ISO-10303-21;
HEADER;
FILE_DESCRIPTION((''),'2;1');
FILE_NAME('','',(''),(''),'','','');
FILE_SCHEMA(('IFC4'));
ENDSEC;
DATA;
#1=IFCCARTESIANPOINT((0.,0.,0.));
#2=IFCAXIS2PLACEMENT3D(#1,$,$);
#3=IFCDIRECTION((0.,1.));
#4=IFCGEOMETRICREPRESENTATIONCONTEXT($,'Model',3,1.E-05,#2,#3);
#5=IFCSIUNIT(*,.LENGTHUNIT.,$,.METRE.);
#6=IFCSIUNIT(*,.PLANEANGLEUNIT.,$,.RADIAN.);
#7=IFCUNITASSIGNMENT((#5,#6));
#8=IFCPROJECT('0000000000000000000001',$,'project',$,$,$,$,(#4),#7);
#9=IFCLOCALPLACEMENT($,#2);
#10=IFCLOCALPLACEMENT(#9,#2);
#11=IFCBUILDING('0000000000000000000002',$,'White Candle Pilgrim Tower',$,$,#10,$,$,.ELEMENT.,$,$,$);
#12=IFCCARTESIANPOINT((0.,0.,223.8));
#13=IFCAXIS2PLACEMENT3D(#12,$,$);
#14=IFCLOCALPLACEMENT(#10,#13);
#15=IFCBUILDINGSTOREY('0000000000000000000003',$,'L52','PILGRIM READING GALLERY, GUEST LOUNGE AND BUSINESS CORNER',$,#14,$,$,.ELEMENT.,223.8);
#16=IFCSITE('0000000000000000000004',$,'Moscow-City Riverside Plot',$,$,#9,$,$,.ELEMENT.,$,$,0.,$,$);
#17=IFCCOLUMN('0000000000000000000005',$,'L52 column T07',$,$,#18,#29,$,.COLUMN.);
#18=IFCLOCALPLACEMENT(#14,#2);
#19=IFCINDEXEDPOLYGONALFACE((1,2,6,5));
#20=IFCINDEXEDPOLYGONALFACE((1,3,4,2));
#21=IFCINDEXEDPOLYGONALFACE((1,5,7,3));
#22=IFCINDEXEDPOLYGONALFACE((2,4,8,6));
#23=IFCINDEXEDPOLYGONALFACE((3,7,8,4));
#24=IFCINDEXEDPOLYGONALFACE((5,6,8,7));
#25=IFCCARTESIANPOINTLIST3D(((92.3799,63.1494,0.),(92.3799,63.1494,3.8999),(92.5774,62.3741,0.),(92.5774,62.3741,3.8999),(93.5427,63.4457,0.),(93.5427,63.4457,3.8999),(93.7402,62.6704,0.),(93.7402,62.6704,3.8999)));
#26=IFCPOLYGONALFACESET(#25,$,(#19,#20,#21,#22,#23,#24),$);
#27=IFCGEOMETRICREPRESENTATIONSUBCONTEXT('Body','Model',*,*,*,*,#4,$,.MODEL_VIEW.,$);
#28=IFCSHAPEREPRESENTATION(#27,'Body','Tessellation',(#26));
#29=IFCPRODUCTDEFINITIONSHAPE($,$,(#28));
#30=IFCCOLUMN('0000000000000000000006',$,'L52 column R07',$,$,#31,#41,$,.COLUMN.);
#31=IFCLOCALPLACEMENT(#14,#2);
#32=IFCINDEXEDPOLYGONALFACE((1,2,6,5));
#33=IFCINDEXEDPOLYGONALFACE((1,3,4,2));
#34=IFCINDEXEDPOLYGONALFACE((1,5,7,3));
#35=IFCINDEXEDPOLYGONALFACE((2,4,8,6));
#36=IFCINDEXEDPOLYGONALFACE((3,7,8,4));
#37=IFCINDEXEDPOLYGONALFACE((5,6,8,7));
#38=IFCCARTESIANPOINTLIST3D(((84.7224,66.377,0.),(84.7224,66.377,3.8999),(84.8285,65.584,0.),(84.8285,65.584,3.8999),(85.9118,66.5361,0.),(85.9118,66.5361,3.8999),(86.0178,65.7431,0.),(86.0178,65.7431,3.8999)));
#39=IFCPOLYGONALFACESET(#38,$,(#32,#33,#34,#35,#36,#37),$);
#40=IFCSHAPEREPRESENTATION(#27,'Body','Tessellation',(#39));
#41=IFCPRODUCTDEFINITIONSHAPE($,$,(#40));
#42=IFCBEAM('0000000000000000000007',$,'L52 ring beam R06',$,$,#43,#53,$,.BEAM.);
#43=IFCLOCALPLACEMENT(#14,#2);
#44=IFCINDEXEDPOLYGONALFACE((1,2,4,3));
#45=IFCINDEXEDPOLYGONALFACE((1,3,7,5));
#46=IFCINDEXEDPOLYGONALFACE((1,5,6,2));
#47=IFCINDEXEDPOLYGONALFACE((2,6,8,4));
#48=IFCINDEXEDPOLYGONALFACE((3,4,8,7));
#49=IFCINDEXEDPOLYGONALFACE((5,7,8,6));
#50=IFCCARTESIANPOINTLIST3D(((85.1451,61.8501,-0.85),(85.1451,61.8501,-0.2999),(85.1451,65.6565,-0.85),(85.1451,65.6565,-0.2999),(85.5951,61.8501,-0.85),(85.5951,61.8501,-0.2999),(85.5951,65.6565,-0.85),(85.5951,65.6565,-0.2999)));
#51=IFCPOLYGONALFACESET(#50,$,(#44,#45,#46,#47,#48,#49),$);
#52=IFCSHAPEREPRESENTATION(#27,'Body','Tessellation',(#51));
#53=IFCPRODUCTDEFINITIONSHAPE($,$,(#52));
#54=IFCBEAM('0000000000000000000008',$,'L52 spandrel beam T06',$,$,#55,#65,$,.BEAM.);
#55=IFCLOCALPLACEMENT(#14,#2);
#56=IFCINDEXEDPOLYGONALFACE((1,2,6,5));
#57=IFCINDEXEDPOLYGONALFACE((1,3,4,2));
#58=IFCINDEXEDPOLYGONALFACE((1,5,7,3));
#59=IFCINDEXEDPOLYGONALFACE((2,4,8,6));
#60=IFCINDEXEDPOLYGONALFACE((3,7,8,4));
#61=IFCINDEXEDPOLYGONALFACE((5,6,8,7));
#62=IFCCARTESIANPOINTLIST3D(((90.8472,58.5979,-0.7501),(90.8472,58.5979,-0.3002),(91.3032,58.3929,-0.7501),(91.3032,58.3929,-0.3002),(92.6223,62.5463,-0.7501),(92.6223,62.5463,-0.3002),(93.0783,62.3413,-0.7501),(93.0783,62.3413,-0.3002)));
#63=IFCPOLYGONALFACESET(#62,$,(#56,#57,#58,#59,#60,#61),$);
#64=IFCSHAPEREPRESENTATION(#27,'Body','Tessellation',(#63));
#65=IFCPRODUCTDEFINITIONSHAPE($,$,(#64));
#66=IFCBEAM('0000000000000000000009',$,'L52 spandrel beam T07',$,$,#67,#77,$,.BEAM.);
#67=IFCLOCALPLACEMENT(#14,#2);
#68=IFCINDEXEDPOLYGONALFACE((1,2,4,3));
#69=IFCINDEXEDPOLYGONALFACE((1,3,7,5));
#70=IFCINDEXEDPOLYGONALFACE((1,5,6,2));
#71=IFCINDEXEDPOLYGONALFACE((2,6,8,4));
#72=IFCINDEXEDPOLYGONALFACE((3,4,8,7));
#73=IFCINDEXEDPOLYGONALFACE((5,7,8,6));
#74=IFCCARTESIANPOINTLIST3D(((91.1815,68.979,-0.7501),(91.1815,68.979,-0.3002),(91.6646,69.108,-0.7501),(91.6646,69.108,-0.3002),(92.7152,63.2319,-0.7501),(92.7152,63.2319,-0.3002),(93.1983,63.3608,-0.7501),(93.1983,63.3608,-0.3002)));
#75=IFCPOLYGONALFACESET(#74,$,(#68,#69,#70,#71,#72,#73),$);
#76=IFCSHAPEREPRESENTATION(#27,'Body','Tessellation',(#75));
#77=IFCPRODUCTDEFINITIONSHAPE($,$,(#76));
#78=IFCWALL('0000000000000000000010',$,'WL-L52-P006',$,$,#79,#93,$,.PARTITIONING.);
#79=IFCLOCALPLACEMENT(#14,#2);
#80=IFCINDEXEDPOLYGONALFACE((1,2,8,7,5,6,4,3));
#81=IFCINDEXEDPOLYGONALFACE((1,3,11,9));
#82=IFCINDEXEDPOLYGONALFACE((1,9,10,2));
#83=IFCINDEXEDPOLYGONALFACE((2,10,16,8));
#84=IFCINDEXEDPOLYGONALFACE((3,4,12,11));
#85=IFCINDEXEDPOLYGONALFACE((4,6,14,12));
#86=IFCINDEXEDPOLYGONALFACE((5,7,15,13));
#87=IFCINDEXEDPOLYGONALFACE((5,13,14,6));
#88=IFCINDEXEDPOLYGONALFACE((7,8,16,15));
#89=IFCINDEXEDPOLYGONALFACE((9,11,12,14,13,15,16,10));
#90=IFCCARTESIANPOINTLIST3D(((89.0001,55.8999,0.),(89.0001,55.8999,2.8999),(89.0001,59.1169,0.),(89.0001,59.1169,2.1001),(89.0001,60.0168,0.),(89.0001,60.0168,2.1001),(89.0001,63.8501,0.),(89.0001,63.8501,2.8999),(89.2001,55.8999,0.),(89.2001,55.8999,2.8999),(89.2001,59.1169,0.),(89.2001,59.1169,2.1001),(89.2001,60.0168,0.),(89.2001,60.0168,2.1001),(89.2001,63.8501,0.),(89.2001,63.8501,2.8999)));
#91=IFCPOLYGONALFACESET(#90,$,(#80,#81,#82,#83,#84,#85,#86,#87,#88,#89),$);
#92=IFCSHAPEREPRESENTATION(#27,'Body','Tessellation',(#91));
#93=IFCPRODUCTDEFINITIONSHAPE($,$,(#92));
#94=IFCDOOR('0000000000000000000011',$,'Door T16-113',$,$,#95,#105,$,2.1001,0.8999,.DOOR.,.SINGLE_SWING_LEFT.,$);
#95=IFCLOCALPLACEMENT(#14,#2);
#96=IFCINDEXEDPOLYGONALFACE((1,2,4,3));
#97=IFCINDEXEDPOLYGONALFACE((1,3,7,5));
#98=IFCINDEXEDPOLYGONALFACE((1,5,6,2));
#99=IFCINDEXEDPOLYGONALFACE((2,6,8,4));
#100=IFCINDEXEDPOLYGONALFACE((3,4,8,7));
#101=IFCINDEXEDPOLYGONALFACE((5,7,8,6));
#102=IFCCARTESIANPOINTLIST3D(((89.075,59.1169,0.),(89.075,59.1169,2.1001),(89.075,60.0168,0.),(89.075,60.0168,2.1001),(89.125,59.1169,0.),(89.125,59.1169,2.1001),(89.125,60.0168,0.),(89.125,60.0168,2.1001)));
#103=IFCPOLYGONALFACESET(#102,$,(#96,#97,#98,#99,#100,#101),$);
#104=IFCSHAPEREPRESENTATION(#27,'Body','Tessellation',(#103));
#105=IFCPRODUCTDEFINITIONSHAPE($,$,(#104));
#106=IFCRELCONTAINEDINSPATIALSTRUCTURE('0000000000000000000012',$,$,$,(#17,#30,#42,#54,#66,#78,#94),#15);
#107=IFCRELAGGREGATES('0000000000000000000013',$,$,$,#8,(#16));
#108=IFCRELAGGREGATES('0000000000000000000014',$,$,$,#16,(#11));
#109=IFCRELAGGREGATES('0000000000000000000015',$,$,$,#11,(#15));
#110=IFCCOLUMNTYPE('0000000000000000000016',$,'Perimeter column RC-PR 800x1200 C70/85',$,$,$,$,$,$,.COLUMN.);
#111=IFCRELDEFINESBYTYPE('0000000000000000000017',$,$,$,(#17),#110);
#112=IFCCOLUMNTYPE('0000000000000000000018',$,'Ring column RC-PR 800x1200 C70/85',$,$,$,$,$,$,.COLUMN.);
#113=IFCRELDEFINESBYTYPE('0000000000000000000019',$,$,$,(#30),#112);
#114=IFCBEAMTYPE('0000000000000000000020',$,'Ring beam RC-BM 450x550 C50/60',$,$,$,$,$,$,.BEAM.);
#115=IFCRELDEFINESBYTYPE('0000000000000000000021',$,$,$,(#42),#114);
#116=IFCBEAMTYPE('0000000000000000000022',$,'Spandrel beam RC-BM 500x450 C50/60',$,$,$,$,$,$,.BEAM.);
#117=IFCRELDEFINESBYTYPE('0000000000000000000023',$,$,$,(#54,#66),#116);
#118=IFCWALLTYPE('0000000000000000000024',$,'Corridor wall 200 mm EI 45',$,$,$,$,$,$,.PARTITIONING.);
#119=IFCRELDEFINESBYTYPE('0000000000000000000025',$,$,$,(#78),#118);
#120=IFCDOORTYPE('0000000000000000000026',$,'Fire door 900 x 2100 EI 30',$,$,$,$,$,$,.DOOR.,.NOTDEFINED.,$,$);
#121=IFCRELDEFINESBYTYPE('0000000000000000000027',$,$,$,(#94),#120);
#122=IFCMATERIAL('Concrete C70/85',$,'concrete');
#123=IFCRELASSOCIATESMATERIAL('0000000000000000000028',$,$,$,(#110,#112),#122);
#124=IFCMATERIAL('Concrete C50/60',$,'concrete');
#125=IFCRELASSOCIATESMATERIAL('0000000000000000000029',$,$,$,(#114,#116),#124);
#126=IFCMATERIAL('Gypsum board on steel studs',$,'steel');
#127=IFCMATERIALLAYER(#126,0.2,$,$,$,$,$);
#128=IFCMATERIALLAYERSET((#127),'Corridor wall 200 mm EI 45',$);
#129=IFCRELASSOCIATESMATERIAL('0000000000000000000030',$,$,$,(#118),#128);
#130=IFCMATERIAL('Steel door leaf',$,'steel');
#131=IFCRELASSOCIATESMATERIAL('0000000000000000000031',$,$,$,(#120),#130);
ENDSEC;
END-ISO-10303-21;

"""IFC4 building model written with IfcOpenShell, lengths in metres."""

from ifc_helpers import new_model, si_unit, direction, frame, frame_2d, origin, origin_2d, place, context, subcontext, project, spatial, rectangle, extrude, material, layer, layer_set, material_profile, profile_set, type_object, element, fill, save


model = new_model("IFC4")

# Units and contexts
model_context = context("Model", 3, precision=1e-05, world=origin(), true_north=direction((0.0, 1.0)))
body_context = subcontext(model_context, "Body", "Model", "MODEL_VIEW")
ifc_project = project(units=[si_unit("LENGTHUNIT", "METRE"), si_unit("PLANEANGLEUNIT", "RADIAN")], contexts=[model_context])

# Site, building, storey
site_placement = place(None, origin())
site = spatial("IfcSite", under=ifc_project, at=site_placement, Name="Moscow-City Riverside Plot", CompositionType="ELEMENT", RefElevation=0.0)
building_placement = place(site_placement, origin())
building = spatial("IfcBuilding", under=site, at=building_placement, Name="White Candle Pilgrim Tower", CompositionType="ELEMENT")
storey_placement = place(building_placement, frame((0.0, 0.0, 223.8)))
storey = spatial("IfcBuildingStorey", under=building, at=storey_placement, Name="L52", Description="PILGRIM READING GALLERY, GUEST LOUNGE AND BUSINESS CORNER", CompositionType="ELEMENT", Elevation=223.8)

# Columns
ifc_material_1 = material(Name="Concrete C70/85", Category="concrete")
ifc_material_profile_1 = material_profile(ifc_material_1, rectangle(XDim=0.8, YDim=1.2, at=origin_2d()), Name="RC-PR 800x1200")
ifc_profile_set_1 = profile_set([ifc_material_profile_1], Name="Concrete C70/85")
column_type_1 = type_object("IfcColumnType", Name="Perimeter column RC-PR 800x1200 C70/85", PredefinedType="COLUMN", material=ifc_profile_set_1)
column_1_placement = place(storey_placement, frame((93.0601, 62.9099, 0.0), z_axis=(0.0, 0.0, 1.0), x_axis=(0.246881, -0.969046, 0.0)))
element("IfcColumn", 1, at=column_1_placement, inside=storey, type_object=column_type_1, Name="L52 column T07", PredefinedType="COLUMN", context=body_context, shape_type="SweptSolid", body=[
    extrude(rectangle(XDim=0.8, YDim=1.2, at=origin_2d()), origin(), (0.0, 0.0, 1.0), 3.8999),
])
ifc_material_profile_2 = material_profile(ifc_material_1, rectangle(XDim=0.8, YDim=1.2, at=origin_2d()), Name="RC-PR 800x1200")
ifc_profile_set_2 = profile_set([ifc_material_profile_2], Name="Concrete C70/85")
column_type_2 = type_object("IfcColumnType", Name="Ring column RC-PR 800x1200 C70/85", PredefinedType="COLUMN", material=ifc_profile_set_2)
column_2_placement = place(storey_placement, frame((85.3701, 66.0601, 0.0), z_axis=(0.0, 0.0, 1.0), x_axis=(0.132602, -0.991169, 0.0)))
element("IfcColumn", 2, at=column_2_placement, inside=storey, type_object=column_type_2, Name="L52 column R07", PredefinedType="COLUMN", context=body_context, shape_type="SweptSolid", body=[
    extrude(rectangle(XDim=0.8, YDim=1.2, at=origin_2d()), origin(), (0.0, 0.0, 1.0), 3.8999),
])

# Beams
ifc_material_2 = material(Name="Concrete C50/60", Category="concrete")
ifc_material_profile_3 = material_profile(ifc_material_2, rectangle(XDim=0.45, YDim=0.55, at=origin_2d()), Name="RC-BM 450x550")
ifc_profile_set_3 = profile_set([ifc_material_profile_3], Name="Concrete C50/60")
beam_type_1 = type_object("IfcBeamType", Name="Ring beam RC-BM 450x550 C50/60", PredefinedType="BEAM", material=ifc_profile_set_3)
beam_1_placement = place(storey_placement, frame((85.3701, 65.6565, -0.575), z_axis=(0.0, -1.0, 0.0), x_axis=(1.0, 0.0, 0.0)))
element("IfcBeam", 3, at=beam_1_placement, inside=storey, type_object=beam_type_1, Name="L52 ring beam R06", PredefinedType="BEAM", context=body_context, shape_type="SweptSolid", body=[
    extrude(rectangle(XDim=0.45, YDim=0.55, at=origin_2d()), origin(), (0.0, 0.0, 1.0), 3.8064),
])
ifc_material_profile_4 = material_profile(ifc_material_2, rectangle(XDim=0.5, YDim=0.45, at=origin_2d()), Name="RC-BM 500x450")
ifc_profile_set_4 = profile_set([ifc_material_profile_4], Name="Concrete C50/60")
beam_type_2 = type_object("IfcBeamType", Name="Spandrel beam RC-BM 500x450 C50/60", PredefinedType="BEAM", material=ifc_profile_set_4)
beam_2_placement = place(storey_placement, frame((91.0752, 58.4954, -0.5251), z_axis=(0.410043, 0.912066, 0.0), x_axis=(-0.912066, 0.410043, 0.0)))
element("IfcBeam", 4, at=beam_2_placement, inside=storey, type_object=beam_type_2, Name="L52 spandrel beam T06", PredefinedType="BEAM", context=body_context, shape_type="SweptSolid", body=[
    extrude(rectangle(XDim=0.5, YDim=0.45, at=origin_2d()), origin(), (0.0, 0.0, 1.0), 4.3291),
])
beam_3_placement = place(storey_placement, frame((92.9568, 63.2964, -0.5251), z_axis=(-0.257841, 0.966187, 0.0), x_axis=(-0.966187, -0.257841, 0.0)))
element("IfcBeam", 5, at=beam_3_placement, inside=storey, type_object=beam_type_2, Name="L52 spandrel beam T07", PredefinedType="BEAM", context=body_context, shape_type="SweptSolid", body=[
    extrude(rectangle(XDim=0.5, YDim=0.45, at=origin_2d()), origin(), (0.0, 0.0, 1.0), 5.9482),
])

# Wall, opening, door
ifc_material_3 = material(Name="Gypsum board on steel studs", Category="steel")
ifc_layer_1 = layer(ifc_material_3, 0.2)
ifc_layer_set_1 = layer_set([ifc_layer_1], Name="Corridor wall 200 mm EI 45")
wall_type_1 = type_object("IfcWallType", Name="Corridor wall 200 mm EI 45", PredefinedType="PARTITIONING", material=ifc_layer_set_1)
wall_1_placement = place(storey_placement, frame((89.1001, 63.8501, 0.0), z_axis=(0.0, 0.0, 1.0), x_axis=(0.0, -1.0, 0.0)))
wall_1 = element("IfcWall", 6, at=wall_1_placement, inside=storey, type_object=wall_type_1, Name="WL-L52-P006", PredefinedType="PARTITIONING", context=body_context, shape_type="SweptSolid", body=[
    extrude(rectangle(XDim=7.9502, YDim=0.2, at=frame_2d((3.9751, 0.0))), origin(), (0.0, 0.0, 1.0), 2.8999),
])
opening_1_placement = place(wall_1_placement, frame((3.8333, 0.0, 0.0)))
opening_1 = element("IfcOpeningElement", 7, at=opening_1_placement, cuts=wall_1, PredefinedType="OPENING", context=body_context, shape_type="SweptSolid", body=[
    extrude(rectangle(XDim=0.8999, YDim=2.1001, at=frame_2d((0.45, 1.05))), frame((0.0, 0.1099, 0.0), z_axis=(0.0, -1.0, 0.0), x_axis=(1.0, 0.0, 0.0)), (0.0, 0.0, 1.0), 0.22),
])
ifc_material_4 = material(Name="Steel door leaf", Category="steel")
door_type_1 = type_object("IfcDoorType", Name="Fire door 900 x 2100 EI 30", OperationType="NOTDEFINED", PredefinedType="DOOR", material=ifc_material_4)
door_1_placement = place(opening_1_placement, origin())
door_1 = element("IfcDoor", 8, at=door_1_placement, inside=storey, type_object=door_type_1, Name="Door T16-113", OperationType="SINGLE_SWING_LEFT", OverallHeight=2.1001, OverallWidth=0.8999, PredefinedType="DOOR", context=body_context, shape_type="SweptSolid", body=[
    extrude(rectangle(XDim=0.8999, YDim=2.1001, at=frame_2d((0.45, 1.05))), frame((0.0, 0.0249, 0.0), z_axis=(0.0, -1.0, 0.0), x_axis=(1.0, 0.0, 0.0)), (0.0, 0.0, 1.0), 0.05),
])
fill(opening_1, door_1)

save(model, "model.ifc")
